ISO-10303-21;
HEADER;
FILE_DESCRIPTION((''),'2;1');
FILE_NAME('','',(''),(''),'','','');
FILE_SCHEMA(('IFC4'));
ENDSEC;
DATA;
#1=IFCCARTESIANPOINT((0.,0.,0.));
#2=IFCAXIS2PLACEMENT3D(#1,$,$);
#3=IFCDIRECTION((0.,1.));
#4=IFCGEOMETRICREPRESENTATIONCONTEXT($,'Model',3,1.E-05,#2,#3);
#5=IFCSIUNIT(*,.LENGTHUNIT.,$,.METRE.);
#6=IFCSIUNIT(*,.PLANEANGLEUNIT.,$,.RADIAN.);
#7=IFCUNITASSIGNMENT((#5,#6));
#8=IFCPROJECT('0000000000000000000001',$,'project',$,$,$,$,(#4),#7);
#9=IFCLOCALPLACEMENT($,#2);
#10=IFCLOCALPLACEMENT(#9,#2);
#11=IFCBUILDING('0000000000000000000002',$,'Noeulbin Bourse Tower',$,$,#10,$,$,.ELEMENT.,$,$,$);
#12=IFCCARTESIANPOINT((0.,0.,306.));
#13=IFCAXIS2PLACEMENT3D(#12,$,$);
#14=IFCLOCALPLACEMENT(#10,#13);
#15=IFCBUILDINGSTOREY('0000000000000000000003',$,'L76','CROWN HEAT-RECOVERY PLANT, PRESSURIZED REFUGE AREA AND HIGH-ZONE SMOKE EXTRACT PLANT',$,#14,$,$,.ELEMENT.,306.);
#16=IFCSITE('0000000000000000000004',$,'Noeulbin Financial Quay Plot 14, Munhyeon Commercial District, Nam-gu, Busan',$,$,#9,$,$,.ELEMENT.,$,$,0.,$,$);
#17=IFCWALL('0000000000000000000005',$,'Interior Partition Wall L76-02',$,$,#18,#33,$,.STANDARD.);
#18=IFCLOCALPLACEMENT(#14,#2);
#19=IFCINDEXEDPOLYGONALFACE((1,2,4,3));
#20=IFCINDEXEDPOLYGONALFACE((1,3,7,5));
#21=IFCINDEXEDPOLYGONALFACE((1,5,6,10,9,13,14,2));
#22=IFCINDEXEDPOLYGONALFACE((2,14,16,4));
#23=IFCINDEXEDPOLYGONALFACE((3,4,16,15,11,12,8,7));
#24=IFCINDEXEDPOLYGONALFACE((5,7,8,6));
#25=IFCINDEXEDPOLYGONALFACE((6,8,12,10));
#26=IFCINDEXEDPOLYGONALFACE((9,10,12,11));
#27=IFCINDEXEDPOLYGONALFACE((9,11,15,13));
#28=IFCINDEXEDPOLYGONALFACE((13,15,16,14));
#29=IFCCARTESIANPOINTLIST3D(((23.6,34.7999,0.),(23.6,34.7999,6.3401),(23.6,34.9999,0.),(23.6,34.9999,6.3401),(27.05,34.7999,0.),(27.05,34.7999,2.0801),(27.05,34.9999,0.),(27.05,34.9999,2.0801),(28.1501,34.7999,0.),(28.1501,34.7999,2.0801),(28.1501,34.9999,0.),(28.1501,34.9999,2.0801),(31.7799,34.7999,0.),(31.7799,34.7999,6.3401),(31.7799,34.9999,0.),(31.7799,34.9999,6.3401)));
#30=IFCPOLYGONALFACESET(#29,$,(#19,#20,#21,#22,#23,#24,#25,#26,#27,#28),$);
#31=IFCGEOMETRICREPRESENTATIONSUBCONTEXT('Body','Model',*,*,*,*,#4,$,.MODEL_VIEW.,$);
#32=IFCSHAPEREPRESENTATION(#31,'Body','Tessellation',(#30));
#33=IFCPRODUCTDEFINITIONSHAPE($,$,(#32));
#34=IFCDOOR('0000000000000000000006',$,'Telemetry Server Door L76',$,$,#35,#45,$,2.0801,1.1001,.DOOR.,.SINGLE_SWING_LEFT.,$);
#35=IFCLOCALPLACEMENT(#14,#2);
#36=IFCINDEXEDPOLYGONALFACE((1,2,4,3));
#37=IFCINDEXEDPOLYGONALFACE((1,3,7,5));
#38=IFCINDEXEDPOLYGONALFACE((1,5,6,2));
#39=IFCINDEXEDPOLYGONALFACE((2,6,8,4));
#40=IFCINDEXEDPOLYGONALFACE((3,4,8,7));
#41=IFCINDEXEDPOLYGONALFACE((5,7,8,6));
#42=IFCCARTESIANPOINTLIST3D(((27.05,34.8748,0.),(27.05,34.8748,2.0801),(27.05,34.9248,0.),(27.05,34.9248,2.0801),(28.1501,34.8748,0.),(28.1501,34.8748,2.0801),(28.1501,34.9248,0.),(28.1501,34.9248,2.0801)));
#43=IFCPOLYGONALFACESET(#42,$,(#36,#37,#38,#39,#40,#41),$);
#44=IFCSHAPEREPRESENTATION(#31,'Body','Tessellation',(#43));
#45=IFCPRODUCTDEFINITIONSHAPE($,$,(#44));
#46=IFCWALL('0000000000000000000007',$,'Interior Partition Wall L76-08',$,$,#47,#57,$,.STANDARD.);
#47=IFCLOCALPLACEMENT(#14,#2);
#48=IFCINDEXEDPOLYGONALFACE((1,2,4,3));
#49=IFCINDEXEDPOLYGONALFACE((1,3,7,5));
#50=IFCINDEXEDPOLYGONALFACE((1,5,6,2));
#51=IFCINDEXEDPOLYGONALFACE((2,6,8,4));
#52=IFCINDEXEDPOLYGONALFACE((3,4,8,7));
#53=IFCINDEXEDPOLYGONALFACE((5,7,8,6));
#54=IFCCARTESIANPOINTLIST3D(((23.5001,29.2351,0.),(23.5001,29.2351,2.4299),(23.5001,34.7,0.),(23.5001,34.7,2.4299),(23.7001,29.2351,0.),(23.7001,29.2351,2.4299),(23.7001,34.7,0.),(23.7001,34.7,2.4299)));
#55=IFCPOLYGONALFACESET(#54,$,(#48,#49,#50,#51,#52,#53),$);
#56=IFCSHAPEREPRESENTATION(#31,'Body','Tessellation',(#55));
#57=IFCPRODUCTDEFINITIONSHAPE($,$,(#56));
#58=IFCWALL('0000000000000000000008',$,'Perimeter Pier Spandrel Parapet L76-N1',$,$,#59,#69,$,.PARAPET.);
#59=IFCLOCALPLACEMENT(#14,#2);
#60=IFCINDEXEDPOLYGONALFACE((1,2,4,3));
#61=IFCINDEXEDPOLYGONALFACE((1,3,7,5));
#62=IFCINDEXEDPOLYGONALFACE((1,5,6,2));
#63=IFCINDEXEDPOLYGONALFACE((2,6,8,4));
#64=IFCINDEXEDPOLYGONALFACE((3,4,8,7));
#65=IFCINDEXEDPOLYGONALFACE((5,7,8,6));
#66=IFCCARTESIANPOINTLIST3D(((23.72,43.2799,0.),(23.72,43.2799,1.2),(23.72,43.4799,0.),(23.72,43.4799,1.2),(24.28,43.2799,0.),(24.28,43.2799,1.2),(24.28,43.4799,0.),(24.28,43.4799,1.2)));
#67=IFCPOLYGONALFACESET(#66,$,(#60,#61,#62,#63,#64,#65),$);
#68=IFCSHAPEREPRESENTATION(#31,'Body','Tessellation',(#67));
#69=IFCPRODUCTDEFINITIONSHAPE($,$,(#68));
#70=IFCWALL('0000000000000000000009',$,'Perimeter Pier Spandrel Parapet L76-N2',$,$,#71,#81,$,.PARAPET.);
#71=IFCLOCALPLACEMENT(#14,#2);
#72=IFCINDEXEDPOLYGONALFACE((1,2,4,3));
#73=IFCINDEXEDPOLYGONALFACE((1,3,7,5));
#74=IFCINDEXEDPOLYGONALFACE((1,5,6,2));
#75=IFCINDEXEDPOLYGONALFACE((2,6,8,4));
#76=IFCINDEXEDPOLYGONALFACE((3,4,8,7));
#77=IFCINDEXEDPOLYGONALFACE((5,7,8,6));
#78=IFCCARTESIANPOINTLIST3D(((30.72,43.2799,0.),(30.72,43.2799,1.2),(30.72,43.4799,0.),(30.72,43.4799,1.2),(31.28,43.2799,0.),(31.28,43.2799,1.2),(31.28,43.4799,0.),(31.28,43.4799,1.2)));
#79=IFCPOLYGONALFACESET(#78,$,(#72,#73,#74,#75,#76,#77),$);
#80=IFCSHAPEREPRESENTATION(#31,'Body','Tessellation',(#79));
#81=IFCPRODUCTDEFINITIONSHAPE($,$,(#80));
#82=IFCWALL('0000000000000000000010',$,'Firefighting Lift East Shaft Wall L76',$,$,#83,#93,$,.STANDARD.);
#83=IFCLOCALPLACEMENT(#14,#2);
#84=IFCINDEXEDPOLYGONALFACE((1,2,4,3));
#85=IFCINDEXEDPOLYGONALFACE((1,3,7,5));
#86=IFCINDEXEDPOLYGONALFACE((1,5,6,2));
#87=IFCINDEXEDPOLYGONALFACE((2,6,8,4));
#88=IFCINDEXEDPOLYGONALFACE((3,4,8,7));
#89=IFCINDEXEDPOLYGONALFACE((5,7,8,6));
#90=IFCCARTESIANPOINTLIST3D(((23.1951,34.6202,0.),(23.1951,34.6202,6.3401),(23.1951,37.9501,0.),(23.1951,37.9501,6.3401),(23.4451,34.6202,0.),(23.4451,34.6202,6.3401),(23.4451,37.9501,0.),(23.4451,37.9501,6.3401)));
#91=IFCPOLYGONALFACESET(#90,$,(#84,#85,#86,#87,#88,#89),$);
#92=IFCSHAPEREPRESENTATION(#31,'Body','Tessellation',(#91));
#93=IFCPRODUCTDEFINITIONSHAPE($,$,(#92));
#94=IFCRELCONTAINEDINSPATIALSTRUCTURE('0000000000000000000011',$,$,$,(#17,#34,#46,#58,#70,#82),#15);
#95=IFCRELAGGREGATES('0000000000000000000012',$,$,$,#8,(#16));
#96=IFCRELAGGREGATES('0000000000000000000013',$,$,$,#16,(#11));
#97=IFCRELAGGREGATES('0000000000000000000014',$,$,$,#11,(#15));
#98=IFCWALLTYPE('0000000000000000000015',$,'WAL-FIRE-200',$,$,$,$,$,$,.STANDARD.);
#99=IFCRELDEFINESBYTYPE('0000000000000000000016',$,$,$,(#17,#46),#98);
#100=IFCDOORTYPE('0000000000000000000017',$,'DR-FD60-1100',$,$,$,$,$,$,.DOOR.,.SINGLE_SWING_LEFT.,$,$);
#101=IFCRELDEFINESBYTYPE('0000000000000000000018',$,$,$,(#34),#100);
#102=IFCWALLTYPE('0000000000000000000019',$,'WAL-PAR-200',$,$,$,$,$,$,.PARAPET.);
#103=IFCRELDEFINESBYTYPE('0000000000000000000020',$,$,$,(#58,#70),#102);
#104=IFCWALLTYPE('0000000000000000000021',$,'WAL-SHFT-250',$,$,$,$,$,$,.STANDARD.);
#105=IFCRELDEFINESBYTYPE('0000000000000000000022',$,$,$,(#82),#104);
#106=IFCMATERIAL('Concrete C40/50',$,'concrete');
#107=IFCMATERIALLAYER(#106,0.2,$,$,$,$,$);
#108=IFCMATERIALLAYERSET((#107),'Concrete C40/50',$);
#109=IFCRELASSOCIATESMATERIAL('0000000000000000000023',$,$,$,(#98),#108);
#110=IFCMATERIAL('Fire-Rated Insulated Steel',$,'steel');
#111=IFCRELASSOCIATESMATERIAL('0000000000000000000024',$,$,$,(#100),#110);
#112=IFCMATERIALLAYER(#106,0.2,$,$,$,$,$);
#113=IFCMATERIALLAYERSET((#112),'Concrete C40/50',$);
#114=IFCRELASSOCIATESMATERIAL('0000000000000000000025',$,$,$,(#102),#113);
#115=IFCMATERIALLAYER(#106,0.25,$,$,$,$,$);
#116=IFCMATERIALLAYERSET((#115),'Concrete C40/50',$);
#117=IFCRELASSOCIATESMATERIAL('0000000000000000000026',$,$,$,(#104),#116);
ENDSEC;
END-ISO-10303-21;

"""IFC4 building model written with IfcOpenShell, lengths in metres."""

from ifc_helpers import new_model, si_unit, direction, frame, frame_2d, origin, place, context, subcontext, project, spatial, rectangle, extrude, material, layer, layer_set, type_object, element, fill, save


model = new_model("IFC4")

# Units and contexts
model_context = context("Model", 3, precision=1e-05, world=origin(), true_north=direction((0.0, 1.0)))
body_context = subcontext(model_context, "Body", "Model", "MODEL_VIEW")
ifc_project = project(units=[si_unit("LENGTHUNIT", "METRE"), si_unit("PLANEANGLEUNIT", "RADIAN")], contexts=[model_context])

# Site, building, storey
site_placement = place(None, origin())
site = spatial("IfcSite", under=ifc_project, at=site_placement, Name="Noeulbin Financial Quay Plot 14, Munhyeon Commercial District, Nam-gu, Busan", CompositionType="ELEMENT", RefElevation=0.0)
building_placement = place(site_placement, origin())
building = spatial("IfcBuilding", under=site, at=building_placement, Name="Noeulbin Bourse Tower", CompositionType="ELEMENT")
storey_placement = place(building_placement, frame((0.0, 0.0, 306.0)))
storey = spatial("IfcBuildingStorey", under=building, at=storey_placement, Name="L76", Description="CROWN HEAT-RECOVERY PLANT, PRESSURIZED REFUGE AREA AND HIGH-ZONE SMOKE EXTRACT PLANT", CompositionType="ELEMENT", Elevation=306.0)

# Wall, opening, door
ifc_material_1 = material(Name="Concrete C40/50", Category="concrete")
ifc_layer_1 = layer(ifc_material_1, 0.2)
ifc_layer_set_1 = layer_set([ifc_layer_1], Name="Concrete C40/50")
wall_type_1 = type_object("IfcWallType", Name="WAL-FIRE-200", PredefinedType="STANDARD", material=ifc_layer_set_1)
wall_1_placement = place(storey_placement, frame((23.6001, 34.8999, 0.0), z_axis=(0.0, 0.0, 1.0), x_axis=(1.0, 0.0, 0.0)))
wall_1 = element("IfcWall", 1, at=wall_1_placement, inside=storey, type_object=wall_type_1, Name="Interior Partition Wall L76-02", PredefinedType="STANDARD", context=body_context, shape_type="SweptSolid", body=[
    extrude(rectangle(XDim=8.1799, YDim=0.2, at=frame_2d((4.0898, 0.0))), origin(), (0.0, 0.0, 1.0), 6.3401),
])
opening_placement = place(wall_1_placement, frame((3.45, 0.0, 0.0)))
opening = element("IfcOpeningElement", 2, at=opening_placement, cuts=wall_1, PredefinedType="OPENING", context=body_context, shape_type="SweptSolid", body=[
    extrude(rectangle(XDim=1.1001, YDim=2.0801, at=frame_2d((0.55, 1.04))), frame((0.0, 0.1099, 0.0), z_axis=(0.0, -1.0, 0.0), x_axis=(1.0, 0.0, 0.0)), (0.0, 0.0, 1.0), 0.22),
])
ifc_material_2 = material(Name="Fire-Rated Insulated Steel", Category="steel")
door_type = type_object("IfcDoorType", Name="DR-FD60-1100", OperationType="SINGLE_SWING_LEFT", PredefinedType="DOOR", material=ifc_material_2)
door_placement = place(opening_placement, origin())
door = element("IfcDoor", 3, at=door_placement, inside=storey, type_object=door_type, Name="Telemetry Server Door L76", OperationType="SINGLE_SWING_LEFT", OverallHeight=2.0801, OverallWidth=1.1001, PredefinedType="DOOR", context=body_context, shape_type="SweptSolid", body=[
    extrude(rectangle(XDim=1.1001, YDim=2.0801, at=frame_2d((0.55, 1.04))), frame((0.0, 0.0249, 0.0), z_axis=(0.0, -1.0, 0.0), x_axis=(1.0, 0.0, 0.0)), (0.0, 0.0, 1.0), 0.05),
])
fill(opening, door)

# Walls
wall_2_placement = place(storey_placement, frame((23.6001, 29.2351, 0.0), z_axis=(0.0, 0.0, 1.0), x_axis=(0.0, 1.0, 0.0)))
element("IfcWall", 4, at=wall_2_placement, inside=storey, type_object=wall_type_1, Name="Interior Partition Wall L76-08", PredefinedType="STANDARD", context=body_context, shape_type="SweptSolid", body=[
    extrude(rectangle(XDim=5.4648, YDim=0.2, at=frame_2d((2.7324, 0.0))), origin(), (0.0, 0.0, 1.0), 2.4299),
])
ifc_layer_2 = layer(ifc_material_1, 0.2)
ifc_layer_set_2 = layer_set([ifc_layer_2], Name="Concrete C40/50")
wall_type_2 = type_object("IfcWallType", Name="WAL-PAR-200", PredefinedType="PARAPET", material=ifc_layer_set_2)
for number, where, z_axis, x_axis, name in (
    (5, (23.72, 43.3799, 0.0), (0.0, 0.0, 1.0), (1.0, 0.0, 0.0), "Perimeter Pier Spandrel Parapet L76-N1"),
    (6, (30.72, 43.3799, 0.0), (0.0, 0.0, 1.0), (1.0, 0.0, 0.0), "Perimeter Pier Spandrel Parapet L76-N2"),
):
    element("IfcWall", number, at=place(storey_placement, frame(where, z_axis=z_axis, x_axis=x_axis)), inside=storey, type_object=wall_type_2, Name=name, PredefinedType="PARAPET", context=body_context, shape_type="SweptSolid", body=[
        extrude(rectangle(XDim=0.5601, YDim=0.2, at=frame_2d((0.28, 0.0))), origin(), (0.0, 0.0, 1.0), 1.2),
    ])
ifc_layer_3 = layer(ifc_material_1, 0.25)
ifc_layer_set_3 = layer_set([ifc_layer_3], Name="Concrete C40/50")
wall_type_3 = type_object("IfcWallType", Name="WAL-SHFT-250", PredefinedType="STANDARD", material=ifc_layer_set_3)
wall_3_placement = place(storey_placement, frame((23.3201, 34.6201, 0.0), z_axis=(0.0, 0.0, 1.0), x_axis=(0.0, 1.0, 0.0)))
element("IfcWall", 7, at=wall_3_placement, inside=storey, type_object=wall_type_3, Name="Firefighting Lift East Shaft Wall L76", PredefinedType="STANDARD", context=body_context, shape_type="SweptSolid", body=[
    extrude(rectangle(XDim=3.3298, YDim=0.25, at=frame_2d((1.665, 0.0))), origin(), (0.0, 0.0, 1.0), 6.3401),
])

save(model, "model.ifc")
